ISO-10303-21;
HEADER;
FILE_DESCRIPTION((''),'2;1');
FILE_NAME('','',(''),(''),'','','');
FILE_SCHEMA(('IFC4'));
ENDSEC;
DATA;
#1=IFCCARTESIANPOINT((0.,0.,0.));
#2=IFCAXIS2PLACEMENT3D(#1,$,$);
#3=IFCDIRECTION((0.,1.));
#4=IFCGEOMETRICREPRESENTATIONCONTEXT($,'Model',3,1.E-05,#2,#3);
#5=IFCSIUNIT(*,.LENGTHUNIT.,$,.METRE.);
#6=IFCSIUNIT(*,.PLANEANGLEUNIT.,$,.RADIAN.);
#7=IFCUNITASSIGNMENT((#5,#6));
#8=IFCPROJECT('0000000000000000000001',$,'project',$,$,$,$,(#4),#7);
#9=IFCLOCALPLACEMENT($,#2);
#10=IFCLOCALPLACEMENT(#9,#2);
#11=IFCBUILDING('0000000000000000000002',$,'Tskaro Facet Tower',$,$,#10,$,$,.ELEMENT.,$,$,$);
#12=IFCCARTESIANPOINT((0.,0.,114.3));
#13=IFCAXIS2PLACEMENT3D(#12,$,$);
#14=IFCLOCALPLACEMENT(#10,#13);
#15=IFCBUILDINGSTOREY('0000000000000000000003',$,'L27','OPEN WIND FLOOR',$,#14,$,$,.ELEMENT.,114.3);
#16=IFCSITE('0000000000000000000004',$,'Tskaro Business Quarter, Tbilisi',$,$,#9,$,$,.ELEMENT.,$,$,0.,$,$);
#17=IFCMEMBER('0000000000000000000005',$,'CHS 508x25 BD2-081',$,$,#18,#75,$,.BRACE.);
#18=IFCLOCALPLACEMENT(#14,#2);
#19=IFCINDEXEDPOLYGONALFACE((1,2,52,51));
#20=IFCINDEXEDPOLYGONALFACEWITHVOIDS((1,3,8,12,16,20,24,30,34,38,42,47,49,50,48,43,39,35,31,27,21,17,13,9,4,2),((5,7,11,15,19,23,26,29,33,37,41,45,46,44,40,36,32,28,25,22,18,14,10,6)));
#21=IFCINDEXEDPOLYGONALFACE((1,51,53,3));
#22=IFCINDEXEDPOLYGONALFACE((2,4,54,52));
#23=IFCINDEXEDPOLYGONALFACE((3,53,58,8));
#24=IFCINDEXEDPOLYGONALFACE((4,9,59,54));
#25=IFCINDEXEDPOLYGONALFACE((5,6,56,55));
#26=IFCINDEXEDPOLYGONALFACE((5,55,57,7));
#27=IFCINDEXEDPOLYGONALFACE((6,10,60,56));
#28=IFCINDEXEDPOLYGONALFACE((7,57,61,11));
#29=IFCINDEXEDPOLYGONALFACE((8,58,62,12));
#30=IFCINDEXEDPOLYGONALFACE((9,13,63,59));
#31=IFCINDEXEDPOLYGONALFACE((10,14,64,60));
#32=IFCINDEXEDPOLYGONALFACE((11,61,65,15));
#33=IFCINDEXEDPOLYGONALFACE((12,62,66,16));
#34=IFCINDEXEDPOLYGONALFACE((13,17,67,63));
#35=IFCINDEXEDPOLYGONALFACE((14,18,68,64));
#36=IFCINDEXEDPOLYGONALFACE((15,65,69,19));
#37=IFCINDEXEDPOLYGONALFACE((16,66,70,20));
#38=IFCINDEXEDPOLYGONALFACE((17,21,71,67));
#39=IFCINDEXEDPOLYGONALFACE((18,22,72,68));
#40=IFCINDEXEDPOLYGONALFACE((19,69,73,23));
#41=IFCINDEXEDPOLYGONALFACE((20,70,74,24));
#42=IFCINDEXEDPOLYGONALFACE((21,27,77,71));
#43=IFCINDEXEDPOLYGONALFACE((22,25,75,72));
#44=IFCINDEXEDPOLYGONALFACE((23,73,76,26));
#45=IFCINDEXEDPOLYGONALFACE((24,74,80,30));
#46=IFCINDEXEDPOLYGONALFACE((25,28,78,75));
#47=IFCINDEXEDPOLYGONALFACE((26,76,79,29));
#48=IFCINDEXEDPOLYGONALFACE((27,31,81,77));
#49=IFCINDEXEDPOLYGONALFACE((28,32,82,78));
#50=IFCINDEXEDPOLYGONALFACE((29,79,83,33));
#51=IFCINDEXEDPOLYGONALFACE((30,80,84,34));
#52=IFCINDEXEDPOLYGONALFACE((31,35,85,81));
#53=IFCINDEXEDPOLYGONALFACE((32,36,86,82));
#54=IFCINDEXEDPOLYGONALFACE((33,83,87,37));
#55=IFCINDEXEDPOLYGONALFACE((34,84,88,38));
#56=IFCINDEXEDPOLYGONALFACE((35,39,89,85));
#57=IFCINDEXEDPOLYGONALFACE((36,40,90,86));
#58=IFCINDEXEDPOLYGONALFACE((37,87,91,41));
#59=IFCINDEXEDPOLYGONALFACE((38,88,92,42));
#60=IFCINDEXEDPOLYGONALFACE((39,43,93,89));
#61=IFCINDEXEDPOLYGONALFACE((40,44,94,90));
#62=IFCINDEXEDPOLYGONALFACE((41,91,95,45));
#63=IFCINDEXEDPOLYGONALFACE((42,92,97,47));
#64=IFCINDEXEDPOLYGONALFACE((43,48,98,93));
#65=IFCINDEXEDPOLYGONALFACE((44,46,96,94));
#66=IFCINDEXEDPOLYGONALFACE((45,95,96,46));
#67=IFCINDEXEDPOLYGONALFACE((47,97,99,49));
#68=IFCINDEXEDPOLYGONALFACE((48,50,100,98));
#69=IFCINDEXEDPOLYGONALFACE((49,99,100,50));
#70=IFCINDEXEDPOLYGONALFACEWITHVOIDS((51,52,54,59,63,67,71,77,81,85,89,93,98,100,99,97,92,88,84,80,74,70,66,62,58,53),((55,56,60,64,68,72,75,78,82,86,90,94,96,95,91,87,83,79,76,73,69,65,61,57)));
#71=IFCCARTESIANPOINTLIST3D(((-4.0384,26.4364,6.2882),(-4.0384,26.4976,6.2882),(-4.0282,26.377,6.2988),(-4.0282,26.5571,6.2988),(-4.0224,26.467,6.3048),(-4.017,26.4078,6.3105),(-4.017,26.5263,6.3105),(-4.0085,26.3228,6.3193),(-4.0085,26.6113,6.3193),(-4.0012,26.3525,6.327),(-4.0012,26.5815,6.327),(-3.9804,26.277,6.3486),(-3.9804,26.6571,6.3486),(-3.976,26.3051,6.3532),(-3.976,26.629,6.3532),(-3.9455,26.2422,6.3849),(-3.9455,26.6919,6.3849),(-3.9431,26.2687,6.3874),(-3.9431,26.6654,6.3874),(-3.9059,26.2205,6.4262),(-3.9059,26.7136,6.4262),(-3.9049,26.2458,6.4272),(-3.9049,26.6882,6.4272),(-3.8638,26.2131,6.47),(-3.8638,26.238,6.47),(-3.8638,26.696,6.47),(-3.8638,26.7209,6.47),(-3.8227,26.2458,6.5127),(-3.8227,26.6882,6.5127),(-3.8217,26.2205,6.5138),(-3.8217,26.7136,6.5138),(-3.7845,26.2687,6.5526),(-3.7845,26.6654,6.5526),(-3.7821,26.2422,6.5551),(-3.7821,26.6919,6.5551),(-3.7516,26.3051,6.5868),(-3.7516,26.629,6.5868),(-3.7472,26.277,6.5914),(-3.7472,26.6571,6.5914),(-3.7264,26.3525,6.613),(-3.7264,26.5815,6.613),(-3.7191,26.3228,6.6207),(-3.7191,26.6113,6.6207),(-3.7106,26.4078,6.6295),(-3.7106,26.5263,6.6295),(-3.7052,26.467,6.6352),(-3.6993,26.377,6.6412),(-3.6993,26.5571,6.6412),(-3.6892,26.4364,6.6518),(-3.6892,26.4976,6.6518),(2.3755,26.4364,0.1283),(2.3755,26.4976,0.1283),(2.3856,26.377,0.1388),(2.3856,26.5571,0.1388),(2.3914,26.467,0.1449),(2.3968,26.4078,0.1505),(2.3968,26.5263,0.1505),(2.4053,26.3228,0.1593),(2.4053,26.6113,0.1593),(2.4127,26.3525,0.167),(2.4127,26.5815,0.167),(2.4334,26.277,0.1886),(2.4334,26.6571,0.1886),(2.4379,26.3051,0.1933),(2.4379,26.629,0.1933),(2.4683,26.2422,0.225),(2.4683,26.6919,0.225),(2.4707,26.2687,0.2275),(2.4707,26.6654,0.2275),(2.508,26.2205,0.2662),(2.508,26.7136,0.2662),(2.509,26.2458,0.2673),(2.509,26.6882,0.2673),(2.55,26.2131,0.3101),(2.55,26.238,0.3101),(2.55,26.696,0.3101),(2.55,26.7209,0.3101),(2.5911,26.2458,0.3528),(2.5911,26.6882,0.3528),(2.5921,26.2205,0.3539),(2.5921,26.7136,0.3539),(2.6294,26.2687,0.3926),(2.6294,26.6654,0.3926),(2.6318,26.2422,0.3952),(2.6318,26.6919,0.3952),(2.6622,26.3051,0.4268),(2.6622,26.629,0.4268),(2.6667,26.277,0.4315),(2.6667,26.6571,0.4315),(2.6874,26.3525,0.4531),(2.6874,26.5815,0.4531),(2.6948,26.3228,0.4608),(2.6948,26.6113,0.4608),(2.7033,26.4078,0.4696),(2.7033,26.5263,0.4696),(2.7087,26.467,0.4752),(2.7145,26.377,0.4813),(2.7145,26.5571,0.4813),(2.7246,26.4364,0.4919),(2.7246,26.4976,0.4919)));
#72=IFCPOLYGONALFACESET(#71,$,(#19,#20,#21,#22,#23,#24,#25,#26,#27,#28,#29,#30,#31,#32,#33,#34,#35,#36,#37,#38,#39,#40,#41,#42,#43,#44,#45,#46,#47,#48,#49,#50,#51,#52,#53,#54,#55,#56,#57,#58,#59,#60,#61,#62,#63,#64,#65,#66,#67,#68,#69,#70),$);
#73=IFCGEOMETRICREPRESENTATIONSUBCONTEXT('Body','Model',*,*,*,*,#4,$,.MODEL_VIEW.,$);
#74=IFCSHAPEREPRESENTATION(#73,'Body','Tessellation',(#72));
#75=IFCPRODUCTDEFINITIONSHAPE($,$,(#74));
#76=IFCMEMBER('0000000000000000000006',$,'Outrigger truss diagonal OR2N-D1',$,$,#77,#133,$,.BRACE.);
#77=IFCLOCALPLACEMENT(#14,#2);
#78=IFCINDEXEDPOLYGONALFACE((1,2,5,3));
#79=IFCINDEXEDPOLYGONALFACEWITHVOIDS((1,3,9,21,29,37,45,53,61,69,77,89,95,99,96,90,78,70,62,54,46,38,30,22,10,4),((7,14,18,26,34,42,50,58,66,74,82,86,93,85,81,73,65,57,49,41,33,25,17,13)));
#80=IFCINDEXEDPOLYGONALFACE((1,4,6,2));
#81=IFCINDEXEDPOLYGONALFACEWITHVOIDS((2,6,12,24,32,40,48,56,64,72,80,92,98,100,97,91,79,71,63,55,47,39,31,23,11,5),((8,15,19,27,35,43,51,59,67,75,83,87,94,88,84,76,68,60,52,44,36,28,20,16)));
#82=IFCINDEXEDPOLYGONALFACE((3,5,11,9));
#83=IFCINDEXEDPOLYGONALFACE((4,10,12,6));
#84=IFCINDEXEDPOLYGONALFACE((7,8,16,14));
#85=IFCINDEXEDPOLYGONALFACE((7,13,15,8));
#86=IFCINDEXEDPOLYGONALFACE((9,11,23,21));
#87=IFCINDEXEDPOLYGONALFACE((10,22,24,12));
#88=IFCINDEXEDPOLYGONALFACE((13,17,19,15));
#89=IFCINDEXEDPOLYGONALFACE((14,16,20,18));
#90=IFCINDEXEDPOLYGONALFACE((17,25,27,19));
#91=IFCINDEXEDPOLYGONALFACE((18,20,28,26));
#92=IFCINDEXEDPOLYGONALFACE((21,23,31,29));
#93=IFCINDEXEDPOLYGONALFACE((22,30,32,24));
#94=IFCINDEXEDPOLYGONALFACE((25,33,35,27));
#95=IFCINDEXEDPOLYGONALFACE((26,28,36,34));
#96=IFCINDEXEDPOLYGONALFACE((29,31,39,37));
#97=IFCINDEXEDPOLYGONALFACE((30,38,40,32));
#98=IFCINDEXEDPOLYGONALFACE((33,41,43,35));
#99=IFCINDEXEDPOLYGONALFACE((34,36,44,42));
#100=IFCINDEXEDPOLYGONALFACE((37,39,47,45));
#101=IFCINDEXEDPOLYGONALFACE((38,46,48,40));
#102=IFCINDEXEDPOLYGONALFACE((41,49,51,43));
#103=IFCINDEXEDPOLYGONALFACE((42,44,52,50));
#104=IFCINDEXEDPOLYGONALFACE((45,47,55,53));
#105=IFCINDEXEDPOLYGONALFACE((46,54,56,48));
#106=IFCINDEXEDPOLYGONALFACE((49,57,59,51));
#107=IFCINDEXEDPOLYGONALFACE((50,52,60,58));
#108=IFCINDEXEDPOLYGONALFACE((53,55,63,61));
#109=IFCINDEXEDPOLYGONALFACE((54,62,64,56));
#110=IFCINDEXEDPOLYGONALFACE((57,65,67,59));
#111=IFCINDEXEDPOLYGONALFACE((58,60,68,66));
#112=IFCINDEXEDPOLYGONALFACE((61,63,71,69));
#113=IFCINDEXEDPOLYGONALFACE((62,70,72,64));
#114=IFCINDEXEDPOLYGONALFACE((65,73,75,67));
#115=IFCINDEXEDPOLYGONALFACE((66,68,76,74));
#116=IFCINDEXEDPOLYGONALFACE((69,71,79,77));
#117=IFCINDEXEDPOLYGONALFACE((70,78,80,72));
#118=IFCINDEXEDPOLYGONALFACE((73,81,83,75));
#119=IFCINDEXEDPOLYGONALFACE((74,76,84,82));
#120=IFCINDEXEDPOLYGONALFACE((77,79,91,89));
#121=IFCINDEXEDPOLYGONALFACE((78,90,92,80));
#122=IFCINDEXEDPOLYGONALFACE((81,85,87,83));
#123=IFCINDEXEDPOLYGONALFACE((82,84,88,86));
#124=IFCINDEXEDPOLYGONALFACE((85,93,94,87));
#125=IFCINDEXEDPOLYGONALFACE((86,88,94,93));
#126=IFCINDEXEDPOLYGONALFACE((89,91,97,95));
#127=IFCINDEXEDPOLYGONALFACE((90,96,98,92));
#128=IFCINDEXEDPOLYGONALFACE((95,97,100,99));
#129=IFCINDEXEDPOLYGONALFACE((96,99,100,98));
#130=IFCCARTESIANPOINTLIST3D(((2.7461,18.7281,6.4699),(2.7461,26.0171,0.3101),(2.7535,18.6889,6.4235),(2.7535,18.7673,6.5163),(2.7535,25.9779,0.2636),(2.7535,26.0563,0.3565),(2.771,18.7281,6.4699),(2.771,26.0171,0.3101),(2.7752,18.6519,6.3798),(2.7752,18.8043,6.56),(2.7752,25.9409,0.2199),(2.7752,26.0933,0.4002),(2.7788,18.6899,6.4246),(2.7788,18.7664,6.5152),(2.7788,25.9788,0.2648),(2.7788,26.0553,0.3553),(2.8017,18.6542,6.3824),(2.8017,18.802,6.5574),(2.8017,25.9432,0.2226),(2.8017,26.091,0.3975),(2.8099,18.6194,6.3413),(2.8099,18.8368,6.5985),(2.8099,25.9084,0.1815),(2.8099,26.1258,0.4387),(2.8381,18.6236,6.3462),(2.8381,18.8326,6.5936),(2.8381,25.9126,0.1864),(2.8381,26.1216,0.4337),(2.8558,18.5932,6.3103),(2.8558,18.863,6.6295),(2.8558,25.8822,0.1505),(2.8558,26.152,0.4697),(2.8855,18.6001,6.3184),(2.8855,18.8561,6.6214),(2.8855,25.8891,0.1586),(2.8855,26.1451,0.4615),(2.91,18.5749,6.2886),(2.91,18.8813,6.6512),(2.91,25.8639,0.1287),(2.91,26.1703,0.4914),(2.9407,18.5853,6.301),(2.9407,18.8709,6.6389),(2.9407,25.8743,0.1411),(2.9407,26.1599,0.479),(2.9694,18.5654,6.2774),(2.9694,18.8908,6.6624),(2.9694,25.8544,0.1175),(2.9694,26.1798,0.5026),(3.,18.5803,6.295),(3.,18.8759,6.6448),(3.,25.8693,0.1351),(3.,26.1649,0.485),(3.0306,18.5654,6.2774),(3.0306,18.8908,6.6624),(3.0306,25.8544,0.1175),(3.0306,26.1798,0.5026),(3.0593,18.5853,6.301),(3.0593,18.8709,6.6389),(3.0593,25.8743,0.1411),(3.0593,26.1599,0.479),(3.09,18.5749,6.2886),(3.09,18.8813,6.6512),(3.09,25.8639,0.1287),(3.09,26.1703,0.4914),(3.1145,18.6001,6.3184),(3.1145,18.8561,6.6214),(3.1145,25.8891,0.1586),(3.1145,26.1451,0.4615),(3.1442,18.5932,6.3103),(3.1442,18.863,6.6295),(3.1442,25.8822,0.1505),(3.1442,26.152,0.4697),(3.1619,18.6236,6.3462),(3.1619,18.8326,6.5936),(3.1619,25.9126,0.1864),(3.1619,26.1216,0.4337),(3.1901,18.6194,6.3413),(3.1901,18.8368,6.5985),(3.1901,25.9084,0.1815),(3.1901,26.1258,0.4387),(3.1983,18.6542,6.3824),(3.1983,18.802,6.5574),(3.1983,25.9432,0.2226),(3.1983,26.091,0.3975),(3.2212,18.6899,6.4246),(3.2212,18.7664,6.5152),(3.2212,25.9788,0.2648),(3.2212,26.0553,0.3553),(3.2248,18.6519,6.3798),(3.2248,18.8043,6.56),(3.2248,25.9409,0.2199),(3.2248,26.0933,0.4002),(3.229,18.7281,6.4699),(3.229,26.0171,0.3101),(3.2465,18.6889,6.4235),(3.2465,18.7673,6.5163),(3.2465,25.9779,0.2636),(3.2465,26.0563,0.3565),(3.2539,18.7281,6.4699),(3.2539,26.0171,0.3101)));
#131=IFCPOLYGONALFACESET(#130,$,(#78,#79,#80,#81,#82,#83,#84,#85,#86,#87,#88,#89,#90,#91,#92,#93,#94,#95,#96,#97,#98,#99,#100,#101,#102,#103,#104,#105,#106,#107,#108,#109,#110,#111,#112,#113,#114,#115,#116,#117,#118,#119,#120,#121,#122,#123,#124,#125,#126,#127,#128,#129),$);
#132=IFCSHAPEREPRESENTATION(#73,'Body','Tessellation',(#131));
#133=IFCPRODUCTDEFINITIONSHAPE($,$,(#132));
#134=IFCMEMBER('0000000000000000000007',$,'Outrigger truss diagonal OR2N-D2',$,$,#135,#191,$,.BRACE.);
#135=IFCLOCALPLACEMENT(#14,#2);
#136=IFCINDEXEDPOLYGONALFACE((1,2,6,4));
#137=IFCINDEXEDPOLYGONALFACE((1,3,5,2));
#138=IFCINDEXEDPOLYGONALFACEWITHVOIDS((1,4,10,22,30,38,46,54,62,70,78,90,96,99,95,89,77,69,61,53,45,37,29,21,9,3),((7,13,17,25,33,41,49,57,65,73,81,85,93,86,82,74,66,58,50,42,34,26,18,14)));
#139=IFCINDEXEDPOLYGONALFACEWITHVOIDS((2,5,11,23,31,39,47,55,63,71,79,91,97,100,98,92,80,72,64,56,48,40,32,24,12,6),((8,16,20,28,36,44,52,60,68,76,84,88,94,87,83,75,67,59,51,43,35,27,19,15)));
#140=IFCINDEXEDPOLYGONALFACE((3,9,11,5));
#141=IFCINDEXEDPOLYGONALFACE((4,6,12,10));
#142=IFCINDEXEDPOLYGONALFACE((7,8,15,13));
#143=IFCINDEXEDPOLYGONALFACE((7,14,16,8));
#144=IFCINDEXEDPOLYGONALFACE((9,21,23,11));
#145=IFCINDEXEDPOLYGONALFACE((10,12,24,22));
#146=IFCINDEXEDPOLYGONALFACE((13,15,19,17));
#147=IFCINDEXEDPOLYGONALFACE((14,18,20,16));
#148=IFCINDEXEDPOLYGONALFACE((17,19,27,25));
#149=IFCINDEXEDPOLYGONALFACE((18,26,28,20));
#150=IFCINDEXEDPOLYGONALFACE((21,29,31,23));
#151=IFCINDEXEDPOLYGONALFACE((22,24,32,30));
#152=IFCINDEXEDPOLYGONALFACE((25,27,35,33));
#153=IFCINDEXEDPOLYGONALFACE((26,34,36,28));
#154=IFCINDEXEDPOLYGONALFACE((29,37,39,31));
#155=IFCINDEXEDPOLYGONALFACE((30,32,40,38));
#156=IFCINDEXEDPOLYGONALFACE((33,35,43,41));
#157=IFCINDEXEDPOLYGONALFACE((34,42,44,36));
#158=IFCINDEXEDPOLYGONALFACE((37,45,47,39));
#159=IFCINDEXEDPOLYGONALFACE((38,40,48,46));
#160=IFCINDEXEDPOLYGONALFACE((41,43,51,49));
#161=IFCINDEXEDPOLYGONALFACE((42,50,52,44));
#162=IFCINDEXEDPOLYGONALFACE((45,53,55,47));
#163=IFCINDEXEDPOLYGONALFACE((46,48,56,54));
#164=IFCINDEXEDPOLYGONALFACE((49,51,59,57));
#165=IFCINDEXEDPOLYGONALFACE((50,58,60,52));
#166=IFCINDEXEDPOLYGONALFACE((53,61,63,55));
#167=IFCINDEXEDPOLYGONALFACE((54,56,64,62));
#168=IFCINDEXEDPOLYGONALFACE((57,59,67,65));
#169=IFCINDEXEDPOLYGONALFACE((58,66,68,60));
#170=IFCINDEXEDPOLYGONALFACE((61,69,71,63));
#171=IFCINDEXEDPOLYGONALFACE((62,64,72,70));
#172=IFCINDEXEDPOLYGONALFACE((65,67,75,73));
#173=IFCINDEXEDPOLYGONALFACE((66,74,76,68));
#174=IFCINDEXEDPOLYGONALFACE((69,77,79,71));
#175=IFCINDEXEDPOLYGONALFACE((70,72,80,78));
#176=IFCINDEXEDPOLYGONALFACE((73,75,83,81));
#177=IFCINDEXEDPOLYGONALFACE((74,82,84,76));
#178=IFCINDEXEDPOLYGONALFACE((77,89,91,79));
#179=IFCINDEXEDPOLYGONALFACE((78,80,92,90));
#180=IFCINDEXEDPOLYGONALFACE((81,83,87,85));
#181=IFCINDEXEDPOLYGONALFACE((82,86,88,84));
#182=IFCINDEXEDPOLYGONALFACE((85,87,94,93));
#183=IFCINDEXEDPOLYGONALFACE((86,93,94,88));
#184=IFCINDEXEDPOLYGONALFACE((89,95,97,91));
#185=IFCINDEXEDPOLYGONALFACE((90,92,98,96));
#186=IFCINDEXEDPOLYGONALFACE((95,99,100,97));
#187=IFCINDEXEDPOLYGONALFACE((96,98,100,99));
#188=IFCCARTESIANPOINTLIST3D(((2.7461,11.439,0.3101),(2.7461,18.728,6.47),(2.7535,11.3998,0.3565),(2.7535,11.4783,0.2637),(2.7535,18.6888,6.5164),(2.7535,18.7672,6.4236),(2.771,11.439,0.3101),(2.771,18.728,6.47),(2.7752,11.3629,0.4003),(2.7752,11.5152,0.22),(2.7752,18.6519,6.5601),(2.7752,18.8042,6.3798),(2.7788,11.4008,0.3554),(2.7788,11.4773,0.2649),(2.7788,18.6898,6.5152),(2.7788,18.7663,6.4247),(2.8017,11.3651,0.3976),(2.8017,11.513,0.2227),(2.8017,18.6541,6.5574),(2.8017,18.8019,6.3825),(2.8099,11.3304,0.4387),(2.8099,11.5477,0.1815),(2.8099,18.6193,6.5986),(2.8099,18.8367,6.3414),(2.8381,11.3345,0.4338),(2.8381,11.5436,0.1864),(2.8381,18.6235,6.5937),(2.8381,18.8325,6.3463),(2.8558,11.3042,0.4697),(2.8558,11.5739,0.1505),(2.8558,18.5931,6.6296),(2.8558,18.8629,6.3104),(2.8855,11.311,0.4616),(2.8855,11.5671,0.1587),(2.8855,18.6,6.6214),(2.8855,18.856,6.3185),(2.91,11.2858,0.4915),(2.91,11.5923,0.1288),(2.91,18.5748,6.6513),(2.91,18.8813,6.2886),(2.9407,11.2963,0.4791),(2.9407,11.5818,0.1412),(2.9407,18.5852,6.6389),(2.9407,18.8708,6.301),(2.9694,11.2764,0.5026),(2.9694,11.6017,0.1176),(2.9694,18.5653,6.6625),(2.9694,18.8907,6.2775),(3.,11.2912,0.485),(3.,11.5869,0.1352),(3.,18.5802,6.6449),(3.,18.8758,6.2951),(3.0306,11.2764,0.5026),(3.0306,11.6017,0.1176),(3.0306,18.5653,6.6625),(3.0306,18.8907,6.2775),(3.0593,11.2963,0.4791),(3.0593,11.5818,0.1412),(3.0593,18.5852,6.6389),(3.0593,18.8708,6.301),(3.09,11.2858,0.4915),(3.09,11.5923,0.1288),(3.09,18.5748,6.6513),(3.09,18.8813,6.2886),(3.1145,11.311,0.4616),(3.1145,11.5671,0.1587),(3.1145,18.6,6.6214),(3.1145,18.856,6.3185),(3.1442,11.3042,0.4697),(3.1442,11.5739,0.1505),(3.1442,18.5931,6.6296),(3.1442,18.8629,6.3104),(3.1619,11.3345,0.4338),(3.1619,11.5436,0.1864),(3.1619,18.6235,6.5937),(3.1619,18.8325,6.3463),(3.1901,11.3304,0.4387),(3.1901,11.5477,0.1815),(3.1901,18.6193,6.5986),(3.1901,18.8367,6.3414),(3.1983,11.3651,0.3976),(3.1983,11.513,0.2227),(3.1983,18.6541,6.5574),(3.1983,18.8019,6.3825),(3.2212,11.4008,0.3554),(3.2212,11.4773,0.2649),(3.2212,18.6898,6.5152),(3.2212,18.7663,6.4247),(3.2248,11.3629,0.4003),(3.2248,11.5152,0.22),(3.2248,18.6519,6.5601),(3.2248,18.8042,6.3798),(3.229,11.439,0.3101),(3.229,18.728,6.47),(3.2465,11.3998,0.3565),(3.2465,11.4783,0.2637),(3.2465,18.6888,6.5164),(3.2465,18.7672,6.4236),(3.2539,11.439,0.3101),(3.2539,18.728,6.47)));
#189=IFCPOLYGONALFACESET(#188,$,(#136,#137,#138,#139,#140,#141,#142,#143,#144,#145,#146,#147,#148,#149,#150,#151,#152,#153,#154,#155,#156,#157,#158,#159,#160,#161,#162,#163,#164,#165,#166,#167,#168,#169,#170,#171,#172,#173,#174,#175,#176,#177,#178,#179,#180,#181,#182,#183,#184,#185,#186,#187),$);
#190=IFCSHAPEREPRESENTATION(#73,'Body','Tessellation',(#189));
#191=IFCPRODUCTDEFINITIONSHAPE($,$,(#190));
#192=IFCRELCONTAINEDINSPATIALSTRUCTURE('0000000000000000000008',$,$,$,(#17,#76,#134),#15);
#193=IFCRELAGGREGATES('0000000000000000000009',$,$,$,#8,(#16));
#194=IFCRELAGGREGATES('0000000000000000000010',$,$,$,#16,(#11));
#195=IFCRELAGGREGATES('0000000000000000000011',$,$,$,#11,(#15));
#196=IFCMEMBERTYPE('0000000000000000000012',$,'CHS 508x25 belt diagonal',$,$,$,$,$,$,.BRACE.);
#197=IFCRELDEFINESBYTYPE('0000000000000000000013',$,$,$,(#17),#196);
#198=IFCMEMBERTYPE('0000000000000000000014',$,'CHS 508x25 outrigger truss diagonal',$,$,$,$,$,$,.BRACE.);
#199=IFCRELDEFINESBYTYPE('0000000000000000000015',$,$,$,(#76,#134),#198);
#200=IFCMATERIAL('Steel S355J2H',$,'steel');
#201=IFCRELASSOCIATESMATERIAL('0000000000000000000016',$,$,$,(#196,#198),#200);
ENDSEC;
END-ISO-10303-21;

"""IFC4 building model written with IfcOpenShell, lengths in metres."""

from ifc_helpers import new_model, si_unit, direction, frame, origin, origin_2d, place, context, subcontext, project, spatial, hollow_circle, extrude, material, material_profile, profile_set, type_object, element, save


model = new_model("IFC4")

# Units and contexts
model_context = context("Model", 3, precision=1e-05, world=origin(), true_north=direction((0.0, 1.0)))
body_context = subcontext(model_context, "Body", "Model", "MODEL_VIEW")
ifc_project = project(units=[si_unit("LENGTHUNIT", "METRE"), si_unit("PLANEANGLEUNIT", "RADIAN")], contexts=[model_context])

# Site, building, storey
site_placement = place(None, origin())
site = spatial("IfcSite", under=ifc_project, at=site_placement, Name="Tskaro Business Quarter, Tbilisi", CompositionType="ELEMENT", RefElevation=0.0)
building_placement = place(site_placement, origin())
building = spatial("IfcBuilding", under=site, at=building_placement, Name="Tskaro Facet Tower", CompositionType="ELEMENT")
storey_placement = place(building_placement, frame((0.0, 0.0, 114.3)))
storey = spatial("IfcBuildingStorey", under=building, at=storey_placement, Name="L27", Description="OPEN WIND FLOOR", CompositionType="ELEMENT", Elevation=114.3)

# Shared definitions
ifc_material_1 = material(Name="Steel S355J2H", Category="steel")

# Members
ifc_material_profile_1 = material_profile(ifc_material_1, hollow_circle(Radius=0.2539, WallThickness=0.0249, at=origin_2d()), Name="CHS 508x25")
ifc_profile_set_1 = profile_set([ifc_material_profile_1], Name="Steel S355J2H")
member_type_1 = type_object("IfcMemberType", Name="CHS 508x25 belt diagonal", PredefinedType="BRACE", material=ifc_profile_set_1)
for number, where, z_axis, x_axis, name in (
    (1, (2.55, 26.467, 0.3101), (-0.721239, 0.0, 0.692687), (0.0, -1.0, 0.0), "CHS 508x25 BD2-081"),
):
    element("IfcMember", number, at=place(storey_placement, frame(where, z_axis=z_axis, x_axis=x_axis)), inside=storey, type_object=member_type_1, Name=name, PredefinedType="BRACE", context=body_context, shape_type="SweptSolid", body=[
        extrude(hollow_circle(Radius=0.2539, WallThickness=0.0249, at=origin_2d()), origin(), (0.0, 0.0, 1.0), 8.8928),
    ])
ifc_material_profile_2 = material_profile(ifc_material_1, hollow_circle(Radius=0.2539, WallThickness=0.0249, at=origin_2d()), Name="CHS 508x25")
ifc_profile_set_2 = profile_set([ifc_material_profile_2], Name="Steel S355J2H")
member_type_2 = type_object("IfcMemberType", Name="CHS 508x25 outrigger truss diagonal", PredefinedType="BRACE", material=ifc_profile_set_2)
for number, where, z_axis, x_axis, name in (
    (2, (3.0, 26.0171, 0.3101), (0.0, -0.763787, 0.645468), (1.0, 0.0, 0.0), "Outrigger truss diagonal OR2N-D1"),
    (3, (3.0, 18.728, 6.47), (0.0, -0.763787, -0.645468), (1.0, 0.0, 0.0), "Outrigger truss diagonal OR2N-D2"),
):
    element("IfcMember", number, at=place(storey_placement, frame(where, z_axis=z_axis, x_axis=x_axis)), inside=storey, type_object=member_type_2, Name=name, PredefinedType="BRACE", context=body_context, shape_type="SweptSolid", body=[
        extrude(hollow_circle(Radius=0.2539, WallThickness=0.0249, at=origin_2d()), origin(), (0.0, 0.0, 1.0), 9.5432),
    ])

save(model, "model.ifc")
